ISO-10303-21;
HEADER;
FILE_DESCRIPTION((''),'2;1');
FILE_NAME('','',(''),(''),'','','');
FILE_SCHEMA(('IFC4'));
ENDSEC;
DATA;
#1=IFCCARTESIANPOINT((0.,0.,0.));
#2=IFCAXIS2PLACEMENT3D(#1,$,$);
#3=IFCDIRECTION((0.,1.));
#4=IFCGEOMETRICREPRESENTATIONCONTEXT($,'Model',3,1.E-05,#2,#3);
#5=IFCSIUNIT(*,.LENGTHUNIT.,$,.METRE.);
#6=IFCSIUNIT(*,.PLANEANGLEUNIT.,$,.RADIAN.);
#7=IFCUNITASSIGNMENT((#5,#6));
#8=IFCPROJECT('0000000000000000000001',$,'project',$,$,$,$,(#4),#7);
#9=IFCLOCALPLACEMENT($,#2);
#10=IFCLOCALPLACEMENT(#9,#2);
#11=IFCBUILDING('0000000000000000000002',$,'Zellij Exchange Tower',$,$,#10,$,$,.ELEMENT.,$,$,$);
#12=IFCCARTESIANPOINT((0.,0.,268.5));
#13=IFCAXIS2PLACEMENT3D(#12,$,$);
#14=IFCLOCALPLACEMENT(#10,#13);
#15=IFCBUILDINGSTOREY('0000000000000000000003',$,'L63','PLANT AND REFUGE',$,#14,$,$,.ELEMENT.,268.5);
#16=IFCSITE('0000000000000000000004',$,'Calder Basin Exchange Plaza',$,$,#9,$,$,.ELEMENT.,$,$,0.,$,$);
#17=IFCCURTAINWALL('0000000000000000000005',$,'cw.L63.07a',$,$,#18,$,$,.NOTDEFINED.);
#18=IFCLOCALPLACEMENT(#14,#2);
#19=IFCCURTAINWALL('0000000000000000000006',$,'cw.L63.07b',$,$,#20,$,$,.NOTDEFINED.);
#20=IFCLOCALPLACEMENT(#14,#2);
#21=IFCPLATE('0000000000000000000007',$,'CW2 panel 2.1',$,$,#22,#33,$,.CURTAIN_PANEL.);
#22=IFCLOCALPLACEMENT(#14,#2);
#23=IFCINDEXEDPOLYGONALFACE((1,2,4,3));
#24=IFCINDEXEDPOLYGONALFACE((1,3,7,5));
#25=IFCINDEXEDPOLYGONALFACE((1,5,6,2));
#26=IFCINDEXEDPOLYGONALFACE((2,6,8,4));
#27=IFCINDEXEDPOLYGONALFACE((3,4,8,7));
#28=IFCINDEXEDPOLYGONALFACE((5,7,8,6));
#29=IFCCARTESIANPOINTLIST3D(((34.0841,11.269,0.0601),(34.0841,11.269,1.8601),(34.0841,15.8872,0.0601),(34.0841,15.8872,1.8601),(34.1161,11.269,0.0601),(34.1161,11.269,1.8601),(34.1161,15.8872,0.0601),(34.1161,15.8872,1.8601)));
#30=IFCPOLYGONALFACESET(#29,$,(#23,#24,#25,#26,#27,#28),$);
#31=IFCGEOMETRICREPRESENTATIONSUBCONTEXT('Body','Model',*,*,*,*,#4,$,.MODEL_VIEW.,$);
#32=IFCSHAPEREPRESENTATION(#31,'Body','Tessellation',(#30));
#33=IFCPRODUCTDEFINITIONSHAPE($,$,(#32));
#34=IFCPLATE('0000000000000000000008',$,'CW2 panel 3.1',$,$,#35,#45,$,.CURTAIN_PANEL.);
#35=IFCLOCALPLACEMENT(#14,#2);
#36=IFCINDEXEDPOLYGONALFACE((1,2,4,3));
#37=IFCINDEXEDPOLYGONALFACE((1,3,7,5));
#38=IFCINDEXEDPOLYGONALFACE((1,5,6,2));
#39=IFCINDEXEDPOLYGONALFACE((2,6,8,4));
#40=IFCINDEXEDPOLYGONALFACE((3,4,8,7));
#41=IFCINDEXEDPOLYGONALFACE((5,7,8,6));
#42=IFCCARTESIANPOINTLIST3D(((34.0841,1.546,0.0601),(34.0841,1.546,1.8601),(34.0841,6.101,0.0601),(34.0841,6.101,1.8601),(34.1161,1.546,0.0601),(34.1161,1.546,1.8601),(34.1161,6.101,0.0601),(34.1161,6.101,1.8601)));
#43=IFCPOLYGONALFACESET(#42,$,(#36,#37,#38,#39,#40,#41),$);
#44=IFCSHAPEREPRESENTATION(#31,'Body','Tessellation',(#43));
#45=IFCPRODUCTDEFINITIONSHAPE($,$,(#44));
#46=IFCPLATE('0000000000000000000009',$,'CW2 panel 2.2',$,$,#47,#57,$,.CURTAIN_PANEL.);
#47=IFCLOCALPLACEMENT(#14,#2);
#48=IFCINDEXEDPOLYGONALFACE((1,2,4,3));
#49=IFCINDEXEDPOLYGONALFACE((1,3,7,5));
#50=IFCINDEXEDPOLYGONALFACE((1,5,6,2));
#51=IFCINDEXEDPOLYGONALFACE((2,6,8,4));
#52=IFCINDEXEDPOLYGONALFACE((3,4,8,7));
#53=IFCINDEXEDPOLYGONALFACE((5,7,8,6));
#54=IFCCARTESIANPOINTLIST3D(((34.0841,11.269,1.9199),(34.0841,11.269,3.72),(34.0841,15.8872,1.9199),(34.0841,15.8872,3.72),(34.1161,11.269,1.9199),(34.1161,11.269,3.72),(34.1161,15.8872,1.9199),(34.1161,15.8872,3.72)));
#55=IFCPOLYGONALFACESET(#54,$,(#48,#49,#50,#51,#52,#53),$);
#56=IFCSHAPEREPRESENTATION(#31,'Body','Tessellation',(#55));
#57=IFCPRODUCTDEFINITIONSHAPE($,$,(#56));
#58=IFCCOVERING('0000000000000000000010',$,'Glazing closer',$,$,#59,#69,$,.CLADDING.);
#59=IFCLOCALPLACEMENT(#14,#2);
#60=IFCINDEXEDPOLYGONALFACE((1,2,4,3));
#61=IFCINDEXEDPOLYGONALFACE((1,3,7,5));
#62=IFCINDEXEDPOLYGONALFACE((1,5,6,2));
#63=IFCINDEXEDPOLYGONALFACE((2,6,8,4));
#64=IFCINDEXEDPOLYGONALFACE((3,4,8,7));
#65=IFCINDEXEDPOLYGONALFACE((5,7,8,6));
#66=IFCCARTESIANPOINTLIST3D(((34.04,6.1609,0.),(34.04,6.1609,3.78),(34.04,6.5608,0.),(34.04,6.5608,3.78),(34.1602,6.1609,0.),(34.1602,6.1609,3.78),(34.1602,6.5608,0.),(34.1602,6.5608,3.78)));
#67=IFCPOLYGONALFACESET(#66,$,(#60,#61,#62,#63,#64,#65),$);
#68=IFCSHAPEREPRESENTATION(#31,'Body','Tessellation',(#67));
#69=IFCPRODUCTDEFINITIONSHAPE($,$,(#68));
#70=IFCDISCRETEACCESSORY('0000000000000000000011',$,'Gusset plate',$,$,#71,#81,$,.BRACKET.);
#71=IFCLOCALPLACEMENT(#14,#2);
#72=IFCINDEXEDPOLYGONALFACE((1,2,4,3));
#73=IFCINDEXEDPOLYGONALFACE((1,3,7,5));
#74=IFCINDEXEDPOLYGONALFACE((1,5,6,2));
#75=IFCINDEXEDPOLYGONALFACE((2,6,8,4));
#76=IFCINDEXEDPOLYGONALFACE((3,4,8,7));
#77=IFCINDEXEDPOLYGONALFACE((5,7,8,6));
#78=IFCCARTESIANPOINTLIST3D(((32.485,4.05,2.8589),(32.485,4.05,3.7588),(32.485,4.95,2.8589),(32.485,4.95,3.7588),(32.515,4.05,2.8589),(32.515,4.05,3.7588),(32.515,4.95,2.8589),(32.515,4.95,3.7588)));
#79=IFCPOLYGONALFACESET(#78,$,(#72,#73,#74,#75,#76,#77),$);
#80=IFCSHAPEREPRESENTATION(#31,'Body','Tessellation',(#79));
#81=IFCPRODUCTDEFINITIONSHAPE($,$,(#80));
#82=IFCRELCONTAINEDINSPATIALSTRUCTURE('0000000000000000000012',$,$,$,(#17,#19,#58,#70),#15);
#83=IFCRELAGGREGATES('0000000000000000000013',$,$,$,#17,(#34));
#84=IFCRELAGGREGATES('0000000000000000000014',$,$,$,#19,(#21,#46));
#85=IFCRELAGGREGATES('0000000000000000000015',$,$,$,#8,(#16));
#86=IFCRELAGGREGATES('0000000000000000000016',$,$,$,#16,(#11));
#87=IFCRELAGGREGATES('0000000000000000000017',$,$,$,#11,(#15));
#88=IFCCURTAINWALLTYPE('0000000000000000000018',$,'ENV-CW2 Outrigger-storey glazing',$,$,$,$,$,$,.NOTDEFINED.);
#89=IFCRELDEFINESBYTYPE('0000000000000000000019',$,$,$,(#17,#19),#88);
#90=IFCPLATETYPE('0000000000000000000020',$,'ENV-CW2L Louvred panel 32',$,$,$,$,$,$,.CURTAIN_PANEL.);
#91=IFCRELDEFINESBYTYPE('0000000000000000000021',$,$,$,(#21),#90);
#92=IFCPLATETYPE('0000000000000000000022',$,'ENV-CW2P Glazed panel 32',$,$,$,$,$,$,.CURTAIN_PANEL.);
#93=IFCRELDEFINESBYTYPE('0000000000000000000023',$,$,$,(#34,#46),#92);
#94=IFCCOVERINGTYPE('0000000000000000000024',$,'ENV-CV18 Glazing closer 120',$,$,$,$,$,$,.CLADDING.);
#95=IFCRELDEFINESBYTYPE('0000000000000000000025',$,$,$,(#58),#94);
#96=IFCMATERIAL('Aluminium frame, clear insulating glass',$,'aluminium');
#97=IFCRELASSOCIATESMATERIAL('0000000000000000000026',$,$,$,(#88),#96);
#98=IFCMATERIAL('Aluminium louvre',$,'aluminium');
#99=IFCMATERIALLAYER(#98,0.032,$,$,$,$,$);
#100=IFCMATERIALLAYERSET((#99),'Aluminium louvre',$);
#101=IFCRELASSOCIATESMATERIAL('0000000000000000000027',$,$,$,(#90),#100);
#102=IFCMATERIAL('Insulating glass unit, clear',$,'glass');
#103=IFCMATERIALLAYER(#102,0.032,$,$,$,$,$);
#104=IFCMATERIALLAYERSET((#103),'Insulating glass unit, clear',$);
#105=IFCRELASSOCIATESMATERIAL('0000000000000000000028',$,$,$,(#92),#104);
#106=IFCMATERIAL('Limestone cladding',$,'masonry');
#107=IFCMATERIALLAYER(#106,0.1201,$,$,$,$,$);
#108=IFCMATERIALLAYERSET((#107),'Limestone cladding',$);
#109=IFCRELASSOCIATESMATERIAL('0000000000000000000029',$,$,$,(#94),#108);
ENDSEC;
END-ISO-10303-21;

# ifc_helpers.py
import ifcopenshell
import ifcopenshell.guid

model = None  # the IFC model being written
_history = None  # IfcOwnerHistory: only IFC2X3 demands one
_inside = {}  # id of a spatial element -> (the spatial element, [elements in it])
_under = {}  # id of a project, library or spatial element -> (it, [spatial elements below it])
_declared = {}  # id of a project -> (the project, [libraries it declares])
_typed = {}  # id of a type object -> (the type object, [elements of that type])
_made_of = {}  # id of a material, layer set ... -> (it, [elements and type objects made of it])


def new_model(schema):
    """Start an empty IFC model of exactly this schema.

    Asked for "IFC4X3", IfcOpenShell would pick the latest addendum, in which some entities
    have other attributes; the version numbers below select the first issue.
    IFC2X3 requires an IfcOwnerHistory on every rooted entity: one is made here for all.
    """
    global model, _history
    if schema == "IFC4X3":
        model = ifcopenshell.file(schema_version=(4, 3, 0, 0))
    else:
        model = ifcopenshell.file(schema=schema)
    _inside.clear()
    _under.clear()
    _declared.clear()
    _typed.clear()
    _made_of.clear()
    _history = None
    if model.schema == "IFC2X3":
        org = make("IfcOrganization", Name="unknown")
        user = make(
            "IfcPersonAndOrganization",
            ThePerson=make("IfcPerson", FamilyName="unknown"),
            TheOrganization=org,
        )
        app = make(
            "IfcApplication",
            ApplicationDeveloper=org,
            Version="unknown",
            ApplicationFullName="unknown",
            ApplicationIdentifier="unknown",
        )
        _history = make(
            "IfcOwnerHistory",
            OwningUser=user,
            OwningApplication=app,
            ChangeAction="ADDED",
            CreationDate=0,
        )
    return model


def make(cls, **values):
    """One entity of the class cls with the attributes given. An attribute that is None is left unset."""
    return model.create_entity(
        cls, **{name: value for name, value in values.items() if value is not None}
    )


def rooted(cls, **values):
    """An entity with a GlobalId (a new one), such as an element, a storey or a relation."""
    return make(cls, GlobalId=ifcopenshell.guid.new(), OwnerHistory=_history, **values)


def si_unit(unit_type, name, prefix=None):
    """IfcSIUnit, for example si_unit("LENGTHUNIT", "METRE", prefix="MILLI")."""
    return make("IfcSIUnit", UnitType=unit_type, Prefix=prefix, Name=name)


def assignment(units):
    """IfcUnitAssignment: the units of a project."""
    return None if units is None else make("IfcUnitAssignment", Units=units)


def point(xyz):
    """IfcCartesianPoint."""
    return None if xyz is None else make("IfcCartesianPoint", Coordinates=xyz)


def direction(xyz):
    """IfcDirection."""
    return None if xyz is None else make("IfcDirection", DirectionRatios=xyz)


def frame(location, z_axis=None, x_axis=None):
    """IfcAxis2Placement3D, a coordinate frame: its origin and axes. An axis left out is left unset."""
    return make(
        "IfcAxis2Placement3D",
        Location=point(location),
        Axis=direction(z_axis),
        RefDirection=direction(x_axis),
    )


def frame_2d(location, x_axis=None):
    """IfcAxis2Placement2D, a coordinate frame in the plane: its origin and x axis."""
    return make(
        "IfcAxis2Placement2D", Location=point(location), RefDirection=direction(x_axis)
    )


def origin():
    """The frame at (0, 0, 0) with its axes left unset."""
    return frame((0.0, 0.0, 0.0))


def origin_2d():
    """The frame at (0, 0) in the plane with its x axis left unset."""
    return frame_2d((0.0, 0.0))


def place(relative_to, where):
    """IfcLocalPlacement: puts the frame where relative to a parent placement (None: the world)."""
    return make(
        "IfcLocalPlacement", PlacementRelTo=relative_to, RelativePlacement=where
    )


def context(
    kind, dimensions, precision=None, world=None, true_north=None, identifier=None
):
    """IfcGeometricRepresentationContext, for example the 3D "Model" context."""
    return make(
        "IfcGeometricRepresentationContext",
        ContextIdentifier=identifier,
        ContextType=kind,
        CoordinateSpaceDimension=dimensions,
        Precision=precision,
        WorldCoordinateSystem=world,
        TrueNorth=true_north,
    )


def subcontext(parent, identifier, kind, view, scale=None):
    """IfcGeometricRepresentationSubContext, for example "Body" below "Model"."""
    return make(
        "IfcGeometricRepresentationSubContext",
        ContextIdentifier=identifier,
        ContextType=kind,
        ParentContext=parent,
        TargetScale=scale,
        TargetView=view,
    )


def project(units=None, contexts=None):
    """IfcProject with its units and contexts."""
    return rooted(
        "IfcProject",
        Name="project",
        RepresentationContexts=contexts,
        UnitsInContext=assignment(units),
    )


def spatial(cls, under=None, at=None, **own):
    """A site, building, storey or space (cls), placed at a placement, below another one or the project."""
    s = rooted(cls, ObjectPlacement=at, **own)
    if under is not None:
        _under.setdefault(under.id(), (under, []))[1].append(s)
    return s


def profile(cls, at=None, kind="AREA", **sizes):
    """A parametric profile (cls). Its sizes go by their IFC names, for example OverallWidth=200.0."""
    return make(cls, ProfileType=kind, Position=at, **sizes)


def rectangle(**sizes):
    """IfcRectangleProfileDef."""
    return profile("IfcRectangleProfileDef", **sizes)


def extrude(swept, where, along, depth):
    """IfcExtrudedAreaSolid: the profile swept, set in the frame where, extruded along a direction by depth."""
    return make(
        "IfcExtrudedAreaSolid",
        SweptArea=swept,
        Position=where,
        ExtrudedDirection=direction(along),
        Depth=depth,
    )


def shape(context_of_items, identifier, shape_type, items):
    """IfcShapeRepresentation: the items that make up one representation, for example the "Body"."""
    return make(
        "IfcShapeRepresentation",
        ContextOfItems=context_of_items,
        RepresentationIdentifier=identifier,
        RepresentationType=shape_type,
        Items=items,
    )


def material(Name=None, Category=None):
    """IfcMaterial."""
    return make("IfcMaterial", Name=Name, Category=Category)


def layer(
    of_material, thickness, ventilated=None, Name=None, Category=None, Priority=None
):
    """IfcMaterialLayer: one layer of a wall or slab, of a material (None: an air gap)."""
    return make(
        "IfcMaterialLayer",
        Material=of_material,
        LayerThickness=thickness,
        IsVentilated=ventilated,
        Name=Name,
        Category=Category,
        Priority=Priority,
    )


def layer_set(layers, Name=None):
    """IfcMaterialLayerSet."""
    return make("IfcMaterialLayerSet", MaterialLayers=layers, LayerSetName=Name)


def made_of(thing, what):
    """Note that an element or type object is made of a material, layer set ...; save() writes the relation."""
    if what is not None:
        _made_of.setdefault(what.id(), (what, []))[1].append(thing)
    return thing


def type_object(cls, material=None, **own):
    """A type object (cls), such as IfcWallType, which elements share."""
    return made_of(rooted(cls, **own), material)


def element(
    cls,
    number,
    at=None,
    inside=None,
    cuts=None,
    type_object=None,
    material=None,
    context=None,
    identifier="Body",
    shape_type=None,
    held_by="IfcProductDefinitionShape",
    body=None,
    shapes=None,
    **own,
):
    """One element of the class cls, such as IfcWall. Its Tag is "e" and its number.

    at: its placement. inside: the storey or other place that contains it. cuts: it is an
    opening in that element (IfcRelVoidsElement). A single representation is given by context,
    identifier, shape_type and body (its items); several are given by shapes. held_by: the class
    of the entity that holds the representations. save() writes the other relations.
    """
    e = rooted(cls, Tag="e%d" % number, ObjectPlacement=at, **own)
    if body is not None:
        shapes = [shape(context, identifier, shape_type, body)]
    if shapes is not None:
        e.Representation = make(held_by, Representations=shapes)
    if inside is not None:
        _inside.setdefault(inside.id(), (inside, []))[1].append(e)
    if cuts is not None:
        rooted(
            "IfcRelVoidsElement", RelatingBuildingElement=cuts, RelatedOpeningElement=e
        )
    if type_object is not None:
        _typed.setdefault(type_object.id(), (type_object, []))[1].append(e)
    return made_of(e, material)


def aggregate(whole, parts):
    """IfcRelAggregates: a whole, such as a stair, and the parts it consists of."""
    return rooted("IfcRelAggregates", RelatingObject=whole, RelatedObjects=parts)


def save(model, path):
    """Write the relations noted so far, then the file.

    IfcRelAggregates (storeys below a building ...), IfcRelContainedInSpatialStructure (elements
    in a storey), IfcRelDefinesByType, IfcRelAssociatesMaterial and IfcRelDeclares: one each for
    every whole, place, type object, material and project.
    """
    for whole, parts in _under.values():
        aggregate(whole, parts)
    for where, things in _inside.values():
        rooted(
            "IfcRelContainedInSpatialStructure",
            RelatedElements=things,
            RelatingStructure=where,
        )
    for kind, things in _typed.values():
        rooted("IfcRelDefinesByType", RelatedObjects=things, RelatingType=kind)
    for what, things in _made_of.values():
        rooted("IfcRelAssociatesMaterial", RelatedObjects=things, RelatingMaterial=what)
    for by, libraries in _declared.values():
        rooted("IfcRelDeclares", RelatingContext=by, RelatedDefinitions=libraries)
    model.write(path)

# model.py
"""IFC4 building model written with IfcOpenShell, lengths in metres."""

from ifc_helpers import new_model, si_unit, direction, frame, origin, origin_2d, place, context, subcontext, project, spatial, rectangle, extrude, material, layer, layer_set, type_object, element, aggregate, save


model = new_model("IFC4")

# Units and contexts
model_context = context("Model", 3, precision=1e-05, world=origin(), true_north=direction((0.0, 1.0)))
body_context = subcontext(model_context, "Body", "Model", "MODEL_VIEW")
ifc_project = project(units=[si_unit("LENGTHUNIT", "METRE"), si_unit("PLANEANGLEUNIT", "RADIAN")], contexts=[model_context])

# Site, building, storey
site_placement = place(None, origin())
site = spatial("IfcSite", under=ifc_project, at=site_placement, Name="Calder Basin Exchange Plaza", CompositionType="ELEMENT", RefElevation=0.0)
building_placement = place(site_placement, origin())
building = spatial("IfcBuilding", under=site, at=building_placement, Name="Zellij Exchange Tower", CompositionType="ELEMENT")
storey_placement = place(building_placement, frame((0.0, 0.0, 268.5)))
storey = spatial("IfcBuildingStorey", under=building, at=storey_placement, Name="L63", Description="PLANT AND REFUGE", CompositionType="ELEMENT", Elevation=268.5)

# Curtain walls
ifc_material_1 = material(Name="Aluminium frame, clear insulating glass", Category="aluminium")
curtain_wall_type = type_object("IfcCurtainWallType", Name="ENV-CW2 Outrigger-storey glazing", PredefinedType="NOTDEFINED", material=ifc_material_1)
curtain_wall_1_placement = place(storey_placement, origin())
curtain_wall_1 = element("IfcCurtainWall", 1, at=curtain_wall_1_placement, inside=storey, type_object=curtain_wall_type, Name="cw.L63.07a", PredefinedType="NOTDEFINED")
curtain_wall_2_placement = place(storey_placement, origin())
curtain_wall_2 = element("IfcCurtainWall", 2, at=curtain_wall_2_placement, inside=storey, type_object=curtain_wall_type, Name="cw.L63.07b", PredefinedType="NOTDEFINED")

# Plates
ifc_material_2 = material(Name="Aluminium louvre", Category="aluminium")
ifc_layer_1 = layer(ifc_material_2, 0.032)
ifc_layer_set_1 = layer_set([ifc_layer_1], Name="Aluminium louvre")
plate_type_1 = type_object("IfcPlateType", Name="ENV-CW2L Louvred panel 32", PredefinedType="CURTAIN_PANEL", material=ifc_layer_set_1)
plate_1_placement = place(storey_placement, frame((34.1001, 13.5781, 0.0601), z_axis=(0.0, 0.0, 1.0), x_axis=(0.0, 1.0, 0.0)))
plate_1 = element("IfcPlate", 3, at=plate_1_placement, type_object=plate_type_1, Name="CW2 panel 2.1", PredefinedType="CURTAIN_PANEL", context=body_context, shape_type="SweptSolid", body=[
    extrude(rectangle(XDim=4.6182, YDim=0.032, at=origin_2d()), origin(), (0.0, 0.0, 1.0), 1.8),
])
ifc_material_3 = material(Name="Insulating glass unit, clear", Category="glass")
ifc_layer_2 = layer(ifc_material_3, 0.032)
ifc_layer_set_2 = layer_set([ifc_layer_2], Name="Insulating glass unit, clear")
plate_type_2 = type_object("IfcPlateType", Name="ENV-CW2P Glazed panel 32", PredefinedType="CURTAIN_PANEL", material=ifc_layer_set_2)
plate_2_placement = place(storey_placement, frame((34.1001, 3.8235, 0.0601), z_axis=(0.0, 0.0, 1.0), x_axis=(0.0, 1.0, 0.0)))
plate_2 = element("IfcPlate", 4, at=plate_2_placement, type_object=plate_type_2, Name="CW2 panel 3.1", PredefinedType="CURTAIN_PANEL", context=body_context, shape_type="SweptSolid", body=[
    extrude(rectangle(XDim=4.5549, YDim=0.032, at=origin_2d()), origin(), (0.0, 0.0, 1.0), 1.8),
])
aggregate(curtain_wall_1, [plate_2])
plate_3_placement = place(storey_placement, frame((34.1001, 13.5781, 1.9199), z_axis=(0.0, 0.0, 1.0), x_axis=(0.0, 1.0, 0.0)))
plate_3 = element("IfcPlate", 5, at=plate_3_placement, type_object=plate_type_2, Name="CW2 panel 2.2", PredefinedType="CURTAIN_PANEL", context=body_context, shape_type="SweptSolid", body=[
    extrude(rectangle(XDim=4.6182, YDim=0.032, at=origin_2d()), origin(), (0.0, 0.0, 1.0), 1.8),
])
aggregate(curtain_wall_2, [plate_1, plate_3])

# Covering
ifc_material_4 = material(Name="Limestone cladding", Category="masonry")
ifc_layer_3 = layer(ifc_material_4, 0.1201)
ifc_layer_set_3 = layer_set([ifc_layer_3], Name="Limestone cladding")
covering_type = type_object("IfcCoveringType", Name="ENV-CV18 Glazing closer 120", PredefinedType="CLADDING", material=ifc_layer_set_3)
covering_placement = place(storey_placement, frame((34.1001, 6.3608, 0.0), z_axis=(0.0, 0.0, 1.0), x_axis=(0.0, 1.0, 0.0)))
element("IfcCovering", 6, at=covering_placement, inside=storey, type_object=covering_type, Name="Glazing closer", PredefinedType="CLADDING", context=body_context, shape_type="SweptSolid", body=[
    extrude(rectangle(XDim=0.3999, YDim=0.1201, at=origin_2d()), origin(), (0.0, 0.0, 1.0), 3.78),
])

# Discrete accessory
discrete_accessory_placement = place(storey_placement, frame((32.5, 4.5, 2.8589), z_axis=(0.0, 0.0, 1.0), x_axis=(0.0, 1.0, 0.0)))
element("IfcDiscreteAccessory", 7, at=discrete_accessory_placement, inside=storey, Name="Gusset plate", PredefinedType="BRACKET", context=body_context, shape_type="SweptSolid", body=[
    extrude(rectangle(XDim=0.8999, YDim=0.03, at=origin_2d()), origin(), (0.0, 0.0, 1.0), 0.8999),
])

save(model, "model.ifc")
